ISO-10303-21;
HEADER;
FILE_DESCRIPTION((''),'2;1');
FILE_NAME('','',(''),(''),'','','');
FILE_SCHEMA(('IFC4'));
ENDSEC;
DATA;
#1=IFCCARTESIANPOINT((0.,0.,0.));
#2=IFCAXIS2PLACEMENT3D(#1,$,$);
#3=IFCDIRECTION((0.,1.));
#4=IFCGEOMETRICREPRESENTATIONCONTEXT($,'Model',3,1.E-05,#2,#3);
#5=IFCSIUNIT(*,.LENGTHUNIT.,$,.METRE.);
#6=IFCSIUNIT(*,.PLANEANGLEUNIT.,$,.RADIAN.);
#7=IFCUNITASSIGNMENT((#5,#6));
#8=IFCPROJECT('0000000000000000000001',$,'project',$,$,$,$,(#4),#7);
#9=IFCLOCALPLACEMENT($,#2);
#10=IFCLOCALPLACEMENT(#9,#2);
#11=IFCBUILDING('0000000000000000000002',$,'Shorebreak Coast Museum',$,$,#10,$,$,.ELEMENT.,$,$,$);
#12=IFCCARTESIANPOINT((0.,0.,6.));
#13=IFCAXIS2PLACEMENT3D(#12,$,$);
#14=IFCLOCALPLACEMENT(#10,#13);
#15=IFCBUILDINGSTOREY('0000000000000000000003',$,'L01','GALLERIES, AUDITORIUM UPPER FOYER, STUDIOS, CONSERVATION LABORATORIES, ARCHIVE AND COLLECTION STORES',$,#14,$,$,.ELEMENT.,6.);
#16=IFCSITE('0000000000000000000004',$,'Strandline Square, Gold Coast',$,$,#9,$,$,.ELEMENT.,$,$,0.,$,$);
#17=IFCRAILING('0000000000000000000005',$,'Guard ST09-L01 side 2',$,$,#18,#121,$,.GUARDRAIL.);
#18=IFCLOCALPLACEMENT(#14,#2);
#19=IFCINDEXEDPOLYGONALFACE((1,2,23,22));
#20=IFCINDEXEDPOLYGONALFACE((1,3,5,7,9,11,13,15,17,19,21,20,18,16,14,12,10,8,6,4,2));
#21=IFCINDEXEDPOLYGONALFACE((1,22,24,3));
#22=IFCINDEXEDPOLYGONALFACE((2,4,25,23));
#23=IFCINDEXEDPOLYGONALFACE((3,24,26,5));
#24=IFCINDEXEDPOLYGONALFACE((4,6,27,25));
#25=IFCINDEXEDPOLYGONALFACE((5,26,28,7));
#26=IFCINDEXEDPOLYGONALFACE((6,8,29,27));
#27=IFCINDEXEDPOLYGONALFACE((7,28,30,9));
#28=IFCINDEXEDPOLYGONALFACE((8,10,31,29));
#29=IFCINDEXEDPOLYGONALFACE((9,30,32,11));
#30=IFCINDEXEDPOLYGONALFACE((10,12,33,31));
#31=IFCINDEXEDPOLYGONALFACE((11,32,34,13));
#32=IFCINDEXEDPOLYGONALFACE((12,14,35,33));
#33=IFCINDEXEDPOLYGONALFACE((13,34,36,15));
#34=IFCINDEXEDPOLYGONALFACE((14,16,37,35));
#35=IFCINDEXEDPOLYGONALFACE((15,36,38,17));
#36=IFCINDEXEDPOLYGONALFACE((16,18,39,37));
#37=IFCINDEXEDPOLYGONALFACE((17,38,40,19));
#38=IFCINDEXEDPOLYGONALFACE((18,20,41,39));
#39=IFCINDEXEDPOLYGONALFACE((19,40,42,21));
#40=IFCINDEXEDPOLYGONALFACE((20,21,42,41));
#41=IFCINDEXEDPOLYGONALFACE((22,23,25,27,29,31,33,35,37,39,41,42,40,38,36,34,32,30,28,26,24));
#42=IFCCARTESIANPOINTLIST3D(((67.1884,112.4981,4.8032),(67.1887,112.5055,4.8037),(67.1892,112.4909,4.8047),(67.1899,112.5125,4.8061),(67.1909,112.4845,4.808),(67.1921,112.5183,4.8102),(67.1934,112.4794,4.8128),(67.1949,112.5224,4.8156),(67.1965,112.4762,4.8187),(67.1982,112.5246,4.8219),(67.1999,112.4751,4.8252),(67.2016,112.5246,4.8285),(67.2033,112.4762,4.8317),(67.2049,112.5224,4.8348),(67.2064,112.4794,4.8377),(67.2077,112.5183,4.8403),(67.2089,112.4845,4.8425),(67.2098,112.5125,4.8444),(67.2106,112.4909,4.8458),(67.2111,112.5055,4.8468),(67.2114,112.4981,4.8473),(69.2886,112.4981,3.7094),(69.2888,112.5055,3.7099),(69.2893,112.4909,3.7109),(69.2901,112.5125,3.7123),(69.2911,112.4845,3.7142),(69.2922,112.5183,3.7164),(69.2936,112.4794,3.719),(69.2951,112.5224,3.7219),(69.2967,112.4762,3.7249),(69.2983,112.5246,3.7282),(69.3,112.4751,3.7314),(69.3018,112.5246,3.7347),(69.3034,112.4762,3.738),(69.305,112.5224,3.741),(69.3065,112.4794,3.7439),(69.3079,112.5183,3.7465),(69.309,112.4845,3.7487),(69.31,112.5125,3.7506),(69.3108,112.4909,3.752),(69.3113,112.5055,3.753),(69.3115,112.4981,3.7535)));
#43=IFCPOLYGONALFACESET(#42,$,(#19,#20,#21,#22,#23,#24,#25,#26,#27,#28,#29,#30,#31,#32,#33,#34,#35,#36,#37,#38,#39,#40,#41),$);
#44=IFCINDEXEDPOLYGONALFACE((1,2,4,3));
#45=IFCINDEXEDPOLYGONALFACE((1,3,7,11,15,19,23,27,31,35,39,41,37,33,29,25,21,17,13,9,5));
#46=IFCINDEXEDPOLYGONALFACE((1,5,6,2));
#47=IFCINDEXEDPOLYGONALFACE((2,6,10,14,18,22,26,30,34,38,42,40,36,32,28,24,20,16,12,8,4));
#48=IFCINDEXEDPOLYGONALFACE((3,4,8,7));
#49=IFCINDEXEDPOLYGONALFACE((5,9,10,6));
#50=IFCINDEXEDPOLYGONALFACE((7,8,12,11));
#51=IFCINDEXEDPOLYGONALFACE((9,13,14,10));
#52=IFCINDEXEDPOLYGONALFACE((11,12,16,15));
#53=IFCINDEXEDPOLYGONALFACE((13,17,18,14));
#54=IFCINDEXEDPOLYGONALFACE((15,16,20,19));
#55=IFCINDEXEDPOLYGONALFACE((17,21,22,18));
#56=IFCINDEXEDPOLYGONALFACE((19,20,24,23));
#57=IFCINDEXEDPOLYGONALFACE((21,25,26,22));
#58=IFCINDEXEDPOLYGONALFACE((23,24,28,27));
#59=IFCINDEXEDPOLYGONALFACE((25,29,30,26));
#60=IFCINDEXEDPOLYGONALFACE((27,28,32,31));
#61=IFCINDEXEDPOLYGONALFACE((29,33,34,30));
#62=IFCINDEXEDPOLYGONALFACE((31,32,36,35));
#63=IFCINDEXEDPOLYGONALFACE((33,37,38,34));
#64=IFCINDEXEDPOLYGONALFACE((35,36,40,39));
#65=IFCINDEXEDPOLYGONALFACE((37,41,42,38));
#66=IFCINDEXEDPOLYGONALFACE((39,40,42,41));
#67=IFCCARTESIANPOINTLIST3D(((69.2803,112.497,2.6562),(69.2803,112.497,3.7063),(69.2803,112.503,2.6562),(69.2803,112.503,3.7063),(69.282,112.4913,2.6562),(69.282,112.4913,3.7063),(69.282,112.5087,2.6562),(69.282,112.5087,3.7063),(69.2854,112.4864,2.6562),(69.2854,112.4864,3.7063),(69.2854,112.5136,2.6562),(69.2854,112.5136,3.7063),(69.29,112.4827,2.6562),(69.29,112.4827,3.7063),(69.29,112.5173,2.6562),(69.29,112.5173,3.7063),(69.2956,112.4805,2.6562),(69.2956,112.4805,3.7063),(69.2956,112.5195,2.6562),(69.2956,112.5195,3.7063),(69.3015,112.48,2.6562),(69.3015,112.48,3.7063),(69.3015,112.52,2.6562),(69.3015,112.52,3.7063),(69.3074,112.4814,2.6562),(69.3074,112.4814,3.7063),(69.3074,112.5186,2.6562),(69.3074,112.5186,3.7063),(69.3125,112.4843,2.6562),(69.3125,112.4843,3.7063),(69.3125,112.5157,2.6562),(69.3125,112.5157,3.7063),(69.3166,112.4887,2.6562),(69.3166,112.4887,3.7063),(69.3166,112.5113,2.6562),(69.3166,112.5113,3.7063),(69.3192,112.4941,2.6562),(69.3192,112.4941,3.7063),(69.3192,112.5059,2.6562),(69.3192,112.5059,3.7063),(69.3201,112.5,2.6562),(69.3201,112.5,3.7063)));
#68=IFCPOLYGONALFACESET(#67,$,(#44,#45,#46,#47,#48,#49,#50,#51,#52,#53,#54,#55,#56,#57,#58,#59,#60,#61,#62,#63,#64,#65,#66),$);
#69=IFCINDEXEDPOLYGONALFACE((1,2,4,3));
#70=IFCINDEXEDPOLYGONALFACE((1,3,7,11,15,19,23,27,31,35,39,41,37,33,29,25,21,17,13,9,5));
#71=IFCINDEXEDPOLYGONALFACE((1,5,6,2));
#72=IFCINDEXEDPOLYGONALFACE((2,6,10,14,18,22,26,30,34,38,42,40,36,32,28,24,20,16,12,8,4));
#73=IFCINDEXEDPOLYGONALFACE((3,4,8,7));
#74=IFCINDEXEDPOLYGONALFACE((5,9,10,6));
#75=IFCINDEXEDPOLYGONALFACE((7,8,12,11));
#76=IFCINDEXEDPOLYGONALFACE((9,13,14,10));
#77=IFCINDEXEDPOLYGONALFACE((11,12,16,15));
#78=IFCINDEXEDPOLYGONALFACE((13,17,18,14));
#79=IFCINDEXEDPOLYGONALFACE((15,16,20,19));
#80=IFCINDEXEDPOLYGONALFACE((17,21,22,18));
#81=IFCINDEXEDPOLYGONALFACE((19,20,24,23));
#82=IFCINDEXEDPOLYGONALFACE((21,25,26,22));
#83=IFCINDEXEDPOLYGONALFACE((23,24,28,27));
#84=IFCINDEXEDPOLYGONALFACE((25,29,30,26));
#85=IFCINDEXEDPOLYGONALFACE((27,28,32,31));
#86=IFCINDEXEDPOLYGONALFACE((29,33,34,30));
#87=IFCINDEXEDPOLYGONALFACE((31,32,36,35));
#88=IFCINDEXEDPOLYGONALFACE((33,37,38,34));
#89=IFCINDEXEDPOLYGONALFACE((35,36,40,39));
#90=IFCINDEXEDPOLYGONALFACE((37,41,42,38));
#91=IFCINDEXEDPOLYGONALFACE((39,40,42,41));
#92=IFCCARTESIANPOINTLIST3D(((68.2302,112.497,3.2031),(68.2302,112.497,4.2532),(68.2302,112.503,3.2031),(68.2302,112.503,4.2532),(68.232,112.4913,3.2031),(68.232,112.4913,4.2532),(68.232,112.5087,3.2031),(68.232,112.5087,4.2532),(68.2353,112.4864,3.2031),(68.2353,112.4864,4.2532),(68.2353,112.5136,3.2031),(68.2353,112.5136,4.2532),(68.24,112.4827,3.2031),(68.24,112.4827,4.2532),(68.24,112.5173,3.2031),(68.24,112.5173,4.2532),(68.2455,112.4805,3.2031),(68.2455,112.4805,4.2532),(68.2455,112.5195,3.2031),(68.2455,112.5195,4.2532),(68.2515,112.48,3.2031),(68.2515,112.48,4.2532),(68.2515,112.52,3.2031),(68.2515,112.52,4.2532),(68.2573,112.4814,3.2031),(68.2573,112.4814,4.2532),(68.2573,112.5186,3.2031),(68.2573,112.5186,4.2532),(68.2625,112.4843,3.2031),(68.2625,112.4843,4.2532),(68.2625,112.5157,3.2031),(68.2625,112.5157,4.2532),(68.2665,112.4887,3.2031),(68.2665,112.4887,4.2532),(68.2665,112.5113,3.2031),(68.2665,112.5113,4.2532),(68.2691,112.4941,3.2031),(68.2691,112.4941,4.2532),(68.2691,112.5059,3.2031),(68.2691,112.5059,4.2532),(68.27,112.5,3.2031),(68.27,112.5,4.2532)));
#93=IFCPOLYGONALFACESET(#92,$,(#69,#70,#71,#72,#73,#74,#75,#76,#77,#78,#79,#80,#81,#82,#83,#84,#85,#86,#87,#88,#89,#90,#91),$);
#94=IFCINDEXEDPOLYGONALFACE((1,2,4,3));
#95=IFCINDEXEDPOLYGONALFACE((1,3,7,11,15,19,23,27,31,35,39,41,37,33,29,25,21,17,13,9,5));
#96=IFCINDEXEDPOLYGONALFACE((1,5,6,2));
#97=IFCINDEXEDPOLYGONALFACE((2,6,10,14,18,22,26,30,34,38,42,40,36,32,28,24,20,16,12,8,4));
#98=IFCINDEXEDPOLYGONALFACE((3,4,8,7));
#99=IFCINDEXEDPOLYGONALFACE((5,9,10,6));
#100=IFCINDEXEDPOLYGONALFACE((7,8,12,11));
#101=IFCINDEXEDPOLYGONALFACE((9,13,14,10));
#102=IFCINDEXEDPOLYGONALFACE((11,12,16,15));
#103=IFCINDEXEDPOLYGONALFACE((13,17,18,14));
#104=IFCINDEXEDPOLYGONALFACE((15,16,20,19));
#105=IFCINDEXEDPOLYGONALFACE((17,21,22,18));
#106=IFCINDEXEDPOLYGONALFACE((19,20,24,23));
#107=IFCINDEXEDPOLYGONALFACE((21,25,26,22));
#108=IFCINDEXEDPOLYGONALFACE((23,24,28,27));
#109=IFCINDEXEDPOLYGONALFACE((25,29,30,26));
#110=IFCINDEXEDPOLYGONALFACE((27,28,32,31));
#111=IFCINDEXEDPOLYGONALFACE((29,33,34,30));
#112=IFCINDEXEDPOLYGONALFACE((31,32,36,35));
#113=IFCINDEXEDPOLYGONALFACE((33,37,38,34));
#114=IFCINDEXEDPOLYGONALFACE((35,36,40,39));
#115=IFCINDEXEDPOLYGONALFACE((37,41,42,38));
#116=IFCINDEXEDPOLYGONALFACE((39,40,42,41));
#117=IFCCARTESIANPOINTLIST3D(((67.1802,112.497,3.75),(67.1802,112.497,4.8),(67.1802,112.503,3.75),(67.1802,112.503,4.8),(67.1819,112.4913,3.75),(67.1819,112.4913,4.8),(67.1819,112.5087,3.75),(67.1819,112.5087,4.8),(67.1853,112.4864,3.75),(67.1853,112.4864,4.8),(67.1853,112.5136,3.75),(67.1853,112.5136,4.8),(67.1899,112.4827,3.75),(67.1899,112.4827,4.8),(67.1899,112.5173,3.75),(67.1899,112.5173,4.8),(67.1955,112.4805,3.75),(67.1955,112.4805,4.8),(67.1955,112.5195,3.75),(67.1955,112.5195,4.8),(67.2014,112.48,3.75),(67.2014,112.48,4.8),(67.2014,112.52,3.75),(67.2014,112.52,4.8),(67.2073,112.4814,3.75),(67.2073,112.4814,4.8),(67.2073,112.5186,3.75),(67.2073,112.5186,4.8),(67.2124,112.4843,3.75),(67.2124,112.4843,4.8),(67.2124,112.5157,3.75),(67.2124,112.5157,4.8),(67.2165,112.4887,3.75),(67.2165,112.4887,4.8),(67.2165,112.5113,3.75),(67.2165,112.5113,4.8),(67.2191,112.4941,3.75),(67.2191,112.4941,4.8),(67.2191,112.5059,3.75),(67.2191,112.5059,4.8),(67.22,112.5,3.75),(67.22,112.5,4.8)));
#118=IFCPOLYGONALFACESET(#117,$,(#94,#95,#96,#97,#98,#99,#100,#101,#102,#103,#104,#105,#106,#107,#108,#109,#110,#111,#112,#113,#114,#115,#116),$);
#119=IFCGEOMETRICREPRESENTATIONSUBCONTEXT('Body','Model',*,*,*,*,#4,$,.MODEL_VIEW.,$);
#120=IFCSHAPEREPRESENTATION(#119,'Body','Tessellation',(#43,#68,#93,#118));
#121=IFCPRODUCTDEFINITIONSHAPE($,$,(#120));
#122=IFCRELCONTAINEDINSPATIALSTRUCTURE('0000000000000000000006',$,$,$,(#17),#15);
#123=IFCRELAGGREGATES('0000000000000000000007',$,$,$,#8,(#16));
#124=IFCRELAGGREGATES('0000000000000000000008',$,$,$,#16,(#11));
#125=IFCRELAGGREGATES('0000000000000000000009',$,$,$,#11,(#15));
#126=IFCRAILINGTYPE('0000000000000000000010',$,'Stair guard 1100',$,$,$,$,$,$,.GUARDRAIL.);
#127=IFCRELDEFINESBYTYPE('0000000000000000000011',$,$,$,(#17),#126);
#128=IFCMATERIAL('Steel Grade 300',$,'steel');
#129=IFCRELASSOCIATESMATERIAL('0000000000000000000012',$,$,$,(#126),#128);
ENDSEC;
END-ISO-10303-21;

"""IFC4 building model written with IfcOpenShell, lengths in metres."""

from ifc_helpers import new_model, si_unit, direction, frame, origin, origin_2d, place, context, subcontext, project, spatial, circle, extrude, material, type_object, element, save


model = new_model("IFC4")

# Units and contexts
model_context = context("Model", 3, precision=1e-05, world=origin(), true_north=direction((0.0, 1.0)))
body_context = subcontext(model_context, "Body", "Model", "MODEL_VIEW")
ifc_project = project(units=[si_unit("LENGTHUNIT", "METRE"), si_unit("PLANEANGLEUNIT", "RADIAN")], contexts=[model_context])

# Site, building, storey
site_placement = place(None, origin())
site = spatial("IfcSite", under=ifc_project, at=site_placement, Name="Strandline Square, Gold Coast", CompositionType="ELEMENT", RefElevation=0.0)
building_placement = place(site_placement, origin())
building = spatial("IfcBuilding", under=site, at=building_placement, Name="Shorebreak Coast Museum", CompositionType="ELEMENT")
storey_placement = place(building_placement, frame((0.0, 0.0, 6.0)))
storey = spatial("IfcBuildingStorey", under=building, at=storey_placement, Name="L01", Description="GALLERIES, AUDITORIUM UPPER FOYER, STUDIOS, CONSERVATION LABORATORIES, ARCHIVE AND COLLECTION STORES", CompositionType="ELEMENT", Elevation=6.0)

# Railing
ifc_material_1 = material(Name="Steel Grade 300", Category="steel")
railing_type_1 = type_object("IfcRailingType", Name="Stair guard 1100", PredefinedType="GUARDRAIL", material=ifc_material_1)
railing_placement = place(storey_placement, frame((69.3, 112.5, 2.6562)))
element("IfcRailing", 1, at=railing_placement, inside=storey, type_object=railing_type_1, Name="Guard ST09-L01 side 2", PredefinedType="GUARDRAIL", context=body_context, shape_type="SweptSolid", body=[
    extrude(circle(Radius=0.0249, at=origin_2d()), frame((0.0, 0.0, 1.0752), z_axis=(-0.886923, 0.0, 0.461918), x_axis=(0.0, -1.0, 0.0)), (0.0, 0.0, 1.0), 2.3679),
    extrude(circle(Radius=0.02, at=origin_2d()), origin(), (0.0, 0.0, 1.0), 1.05),
    extrude(circle(Radius=0.02, at=origin_2d()), frame((-1.05, 0.0, 0.5469)), (0.0, 0.0, 1.0), 1.05),
    extrude(circle(Radius=0.02, at=origin_2d()), frame((-2.1001, 0.0, 1.0938)), (0.0, 0.0, 1.0), 1.05),
])

save(model, "model.ifc")
